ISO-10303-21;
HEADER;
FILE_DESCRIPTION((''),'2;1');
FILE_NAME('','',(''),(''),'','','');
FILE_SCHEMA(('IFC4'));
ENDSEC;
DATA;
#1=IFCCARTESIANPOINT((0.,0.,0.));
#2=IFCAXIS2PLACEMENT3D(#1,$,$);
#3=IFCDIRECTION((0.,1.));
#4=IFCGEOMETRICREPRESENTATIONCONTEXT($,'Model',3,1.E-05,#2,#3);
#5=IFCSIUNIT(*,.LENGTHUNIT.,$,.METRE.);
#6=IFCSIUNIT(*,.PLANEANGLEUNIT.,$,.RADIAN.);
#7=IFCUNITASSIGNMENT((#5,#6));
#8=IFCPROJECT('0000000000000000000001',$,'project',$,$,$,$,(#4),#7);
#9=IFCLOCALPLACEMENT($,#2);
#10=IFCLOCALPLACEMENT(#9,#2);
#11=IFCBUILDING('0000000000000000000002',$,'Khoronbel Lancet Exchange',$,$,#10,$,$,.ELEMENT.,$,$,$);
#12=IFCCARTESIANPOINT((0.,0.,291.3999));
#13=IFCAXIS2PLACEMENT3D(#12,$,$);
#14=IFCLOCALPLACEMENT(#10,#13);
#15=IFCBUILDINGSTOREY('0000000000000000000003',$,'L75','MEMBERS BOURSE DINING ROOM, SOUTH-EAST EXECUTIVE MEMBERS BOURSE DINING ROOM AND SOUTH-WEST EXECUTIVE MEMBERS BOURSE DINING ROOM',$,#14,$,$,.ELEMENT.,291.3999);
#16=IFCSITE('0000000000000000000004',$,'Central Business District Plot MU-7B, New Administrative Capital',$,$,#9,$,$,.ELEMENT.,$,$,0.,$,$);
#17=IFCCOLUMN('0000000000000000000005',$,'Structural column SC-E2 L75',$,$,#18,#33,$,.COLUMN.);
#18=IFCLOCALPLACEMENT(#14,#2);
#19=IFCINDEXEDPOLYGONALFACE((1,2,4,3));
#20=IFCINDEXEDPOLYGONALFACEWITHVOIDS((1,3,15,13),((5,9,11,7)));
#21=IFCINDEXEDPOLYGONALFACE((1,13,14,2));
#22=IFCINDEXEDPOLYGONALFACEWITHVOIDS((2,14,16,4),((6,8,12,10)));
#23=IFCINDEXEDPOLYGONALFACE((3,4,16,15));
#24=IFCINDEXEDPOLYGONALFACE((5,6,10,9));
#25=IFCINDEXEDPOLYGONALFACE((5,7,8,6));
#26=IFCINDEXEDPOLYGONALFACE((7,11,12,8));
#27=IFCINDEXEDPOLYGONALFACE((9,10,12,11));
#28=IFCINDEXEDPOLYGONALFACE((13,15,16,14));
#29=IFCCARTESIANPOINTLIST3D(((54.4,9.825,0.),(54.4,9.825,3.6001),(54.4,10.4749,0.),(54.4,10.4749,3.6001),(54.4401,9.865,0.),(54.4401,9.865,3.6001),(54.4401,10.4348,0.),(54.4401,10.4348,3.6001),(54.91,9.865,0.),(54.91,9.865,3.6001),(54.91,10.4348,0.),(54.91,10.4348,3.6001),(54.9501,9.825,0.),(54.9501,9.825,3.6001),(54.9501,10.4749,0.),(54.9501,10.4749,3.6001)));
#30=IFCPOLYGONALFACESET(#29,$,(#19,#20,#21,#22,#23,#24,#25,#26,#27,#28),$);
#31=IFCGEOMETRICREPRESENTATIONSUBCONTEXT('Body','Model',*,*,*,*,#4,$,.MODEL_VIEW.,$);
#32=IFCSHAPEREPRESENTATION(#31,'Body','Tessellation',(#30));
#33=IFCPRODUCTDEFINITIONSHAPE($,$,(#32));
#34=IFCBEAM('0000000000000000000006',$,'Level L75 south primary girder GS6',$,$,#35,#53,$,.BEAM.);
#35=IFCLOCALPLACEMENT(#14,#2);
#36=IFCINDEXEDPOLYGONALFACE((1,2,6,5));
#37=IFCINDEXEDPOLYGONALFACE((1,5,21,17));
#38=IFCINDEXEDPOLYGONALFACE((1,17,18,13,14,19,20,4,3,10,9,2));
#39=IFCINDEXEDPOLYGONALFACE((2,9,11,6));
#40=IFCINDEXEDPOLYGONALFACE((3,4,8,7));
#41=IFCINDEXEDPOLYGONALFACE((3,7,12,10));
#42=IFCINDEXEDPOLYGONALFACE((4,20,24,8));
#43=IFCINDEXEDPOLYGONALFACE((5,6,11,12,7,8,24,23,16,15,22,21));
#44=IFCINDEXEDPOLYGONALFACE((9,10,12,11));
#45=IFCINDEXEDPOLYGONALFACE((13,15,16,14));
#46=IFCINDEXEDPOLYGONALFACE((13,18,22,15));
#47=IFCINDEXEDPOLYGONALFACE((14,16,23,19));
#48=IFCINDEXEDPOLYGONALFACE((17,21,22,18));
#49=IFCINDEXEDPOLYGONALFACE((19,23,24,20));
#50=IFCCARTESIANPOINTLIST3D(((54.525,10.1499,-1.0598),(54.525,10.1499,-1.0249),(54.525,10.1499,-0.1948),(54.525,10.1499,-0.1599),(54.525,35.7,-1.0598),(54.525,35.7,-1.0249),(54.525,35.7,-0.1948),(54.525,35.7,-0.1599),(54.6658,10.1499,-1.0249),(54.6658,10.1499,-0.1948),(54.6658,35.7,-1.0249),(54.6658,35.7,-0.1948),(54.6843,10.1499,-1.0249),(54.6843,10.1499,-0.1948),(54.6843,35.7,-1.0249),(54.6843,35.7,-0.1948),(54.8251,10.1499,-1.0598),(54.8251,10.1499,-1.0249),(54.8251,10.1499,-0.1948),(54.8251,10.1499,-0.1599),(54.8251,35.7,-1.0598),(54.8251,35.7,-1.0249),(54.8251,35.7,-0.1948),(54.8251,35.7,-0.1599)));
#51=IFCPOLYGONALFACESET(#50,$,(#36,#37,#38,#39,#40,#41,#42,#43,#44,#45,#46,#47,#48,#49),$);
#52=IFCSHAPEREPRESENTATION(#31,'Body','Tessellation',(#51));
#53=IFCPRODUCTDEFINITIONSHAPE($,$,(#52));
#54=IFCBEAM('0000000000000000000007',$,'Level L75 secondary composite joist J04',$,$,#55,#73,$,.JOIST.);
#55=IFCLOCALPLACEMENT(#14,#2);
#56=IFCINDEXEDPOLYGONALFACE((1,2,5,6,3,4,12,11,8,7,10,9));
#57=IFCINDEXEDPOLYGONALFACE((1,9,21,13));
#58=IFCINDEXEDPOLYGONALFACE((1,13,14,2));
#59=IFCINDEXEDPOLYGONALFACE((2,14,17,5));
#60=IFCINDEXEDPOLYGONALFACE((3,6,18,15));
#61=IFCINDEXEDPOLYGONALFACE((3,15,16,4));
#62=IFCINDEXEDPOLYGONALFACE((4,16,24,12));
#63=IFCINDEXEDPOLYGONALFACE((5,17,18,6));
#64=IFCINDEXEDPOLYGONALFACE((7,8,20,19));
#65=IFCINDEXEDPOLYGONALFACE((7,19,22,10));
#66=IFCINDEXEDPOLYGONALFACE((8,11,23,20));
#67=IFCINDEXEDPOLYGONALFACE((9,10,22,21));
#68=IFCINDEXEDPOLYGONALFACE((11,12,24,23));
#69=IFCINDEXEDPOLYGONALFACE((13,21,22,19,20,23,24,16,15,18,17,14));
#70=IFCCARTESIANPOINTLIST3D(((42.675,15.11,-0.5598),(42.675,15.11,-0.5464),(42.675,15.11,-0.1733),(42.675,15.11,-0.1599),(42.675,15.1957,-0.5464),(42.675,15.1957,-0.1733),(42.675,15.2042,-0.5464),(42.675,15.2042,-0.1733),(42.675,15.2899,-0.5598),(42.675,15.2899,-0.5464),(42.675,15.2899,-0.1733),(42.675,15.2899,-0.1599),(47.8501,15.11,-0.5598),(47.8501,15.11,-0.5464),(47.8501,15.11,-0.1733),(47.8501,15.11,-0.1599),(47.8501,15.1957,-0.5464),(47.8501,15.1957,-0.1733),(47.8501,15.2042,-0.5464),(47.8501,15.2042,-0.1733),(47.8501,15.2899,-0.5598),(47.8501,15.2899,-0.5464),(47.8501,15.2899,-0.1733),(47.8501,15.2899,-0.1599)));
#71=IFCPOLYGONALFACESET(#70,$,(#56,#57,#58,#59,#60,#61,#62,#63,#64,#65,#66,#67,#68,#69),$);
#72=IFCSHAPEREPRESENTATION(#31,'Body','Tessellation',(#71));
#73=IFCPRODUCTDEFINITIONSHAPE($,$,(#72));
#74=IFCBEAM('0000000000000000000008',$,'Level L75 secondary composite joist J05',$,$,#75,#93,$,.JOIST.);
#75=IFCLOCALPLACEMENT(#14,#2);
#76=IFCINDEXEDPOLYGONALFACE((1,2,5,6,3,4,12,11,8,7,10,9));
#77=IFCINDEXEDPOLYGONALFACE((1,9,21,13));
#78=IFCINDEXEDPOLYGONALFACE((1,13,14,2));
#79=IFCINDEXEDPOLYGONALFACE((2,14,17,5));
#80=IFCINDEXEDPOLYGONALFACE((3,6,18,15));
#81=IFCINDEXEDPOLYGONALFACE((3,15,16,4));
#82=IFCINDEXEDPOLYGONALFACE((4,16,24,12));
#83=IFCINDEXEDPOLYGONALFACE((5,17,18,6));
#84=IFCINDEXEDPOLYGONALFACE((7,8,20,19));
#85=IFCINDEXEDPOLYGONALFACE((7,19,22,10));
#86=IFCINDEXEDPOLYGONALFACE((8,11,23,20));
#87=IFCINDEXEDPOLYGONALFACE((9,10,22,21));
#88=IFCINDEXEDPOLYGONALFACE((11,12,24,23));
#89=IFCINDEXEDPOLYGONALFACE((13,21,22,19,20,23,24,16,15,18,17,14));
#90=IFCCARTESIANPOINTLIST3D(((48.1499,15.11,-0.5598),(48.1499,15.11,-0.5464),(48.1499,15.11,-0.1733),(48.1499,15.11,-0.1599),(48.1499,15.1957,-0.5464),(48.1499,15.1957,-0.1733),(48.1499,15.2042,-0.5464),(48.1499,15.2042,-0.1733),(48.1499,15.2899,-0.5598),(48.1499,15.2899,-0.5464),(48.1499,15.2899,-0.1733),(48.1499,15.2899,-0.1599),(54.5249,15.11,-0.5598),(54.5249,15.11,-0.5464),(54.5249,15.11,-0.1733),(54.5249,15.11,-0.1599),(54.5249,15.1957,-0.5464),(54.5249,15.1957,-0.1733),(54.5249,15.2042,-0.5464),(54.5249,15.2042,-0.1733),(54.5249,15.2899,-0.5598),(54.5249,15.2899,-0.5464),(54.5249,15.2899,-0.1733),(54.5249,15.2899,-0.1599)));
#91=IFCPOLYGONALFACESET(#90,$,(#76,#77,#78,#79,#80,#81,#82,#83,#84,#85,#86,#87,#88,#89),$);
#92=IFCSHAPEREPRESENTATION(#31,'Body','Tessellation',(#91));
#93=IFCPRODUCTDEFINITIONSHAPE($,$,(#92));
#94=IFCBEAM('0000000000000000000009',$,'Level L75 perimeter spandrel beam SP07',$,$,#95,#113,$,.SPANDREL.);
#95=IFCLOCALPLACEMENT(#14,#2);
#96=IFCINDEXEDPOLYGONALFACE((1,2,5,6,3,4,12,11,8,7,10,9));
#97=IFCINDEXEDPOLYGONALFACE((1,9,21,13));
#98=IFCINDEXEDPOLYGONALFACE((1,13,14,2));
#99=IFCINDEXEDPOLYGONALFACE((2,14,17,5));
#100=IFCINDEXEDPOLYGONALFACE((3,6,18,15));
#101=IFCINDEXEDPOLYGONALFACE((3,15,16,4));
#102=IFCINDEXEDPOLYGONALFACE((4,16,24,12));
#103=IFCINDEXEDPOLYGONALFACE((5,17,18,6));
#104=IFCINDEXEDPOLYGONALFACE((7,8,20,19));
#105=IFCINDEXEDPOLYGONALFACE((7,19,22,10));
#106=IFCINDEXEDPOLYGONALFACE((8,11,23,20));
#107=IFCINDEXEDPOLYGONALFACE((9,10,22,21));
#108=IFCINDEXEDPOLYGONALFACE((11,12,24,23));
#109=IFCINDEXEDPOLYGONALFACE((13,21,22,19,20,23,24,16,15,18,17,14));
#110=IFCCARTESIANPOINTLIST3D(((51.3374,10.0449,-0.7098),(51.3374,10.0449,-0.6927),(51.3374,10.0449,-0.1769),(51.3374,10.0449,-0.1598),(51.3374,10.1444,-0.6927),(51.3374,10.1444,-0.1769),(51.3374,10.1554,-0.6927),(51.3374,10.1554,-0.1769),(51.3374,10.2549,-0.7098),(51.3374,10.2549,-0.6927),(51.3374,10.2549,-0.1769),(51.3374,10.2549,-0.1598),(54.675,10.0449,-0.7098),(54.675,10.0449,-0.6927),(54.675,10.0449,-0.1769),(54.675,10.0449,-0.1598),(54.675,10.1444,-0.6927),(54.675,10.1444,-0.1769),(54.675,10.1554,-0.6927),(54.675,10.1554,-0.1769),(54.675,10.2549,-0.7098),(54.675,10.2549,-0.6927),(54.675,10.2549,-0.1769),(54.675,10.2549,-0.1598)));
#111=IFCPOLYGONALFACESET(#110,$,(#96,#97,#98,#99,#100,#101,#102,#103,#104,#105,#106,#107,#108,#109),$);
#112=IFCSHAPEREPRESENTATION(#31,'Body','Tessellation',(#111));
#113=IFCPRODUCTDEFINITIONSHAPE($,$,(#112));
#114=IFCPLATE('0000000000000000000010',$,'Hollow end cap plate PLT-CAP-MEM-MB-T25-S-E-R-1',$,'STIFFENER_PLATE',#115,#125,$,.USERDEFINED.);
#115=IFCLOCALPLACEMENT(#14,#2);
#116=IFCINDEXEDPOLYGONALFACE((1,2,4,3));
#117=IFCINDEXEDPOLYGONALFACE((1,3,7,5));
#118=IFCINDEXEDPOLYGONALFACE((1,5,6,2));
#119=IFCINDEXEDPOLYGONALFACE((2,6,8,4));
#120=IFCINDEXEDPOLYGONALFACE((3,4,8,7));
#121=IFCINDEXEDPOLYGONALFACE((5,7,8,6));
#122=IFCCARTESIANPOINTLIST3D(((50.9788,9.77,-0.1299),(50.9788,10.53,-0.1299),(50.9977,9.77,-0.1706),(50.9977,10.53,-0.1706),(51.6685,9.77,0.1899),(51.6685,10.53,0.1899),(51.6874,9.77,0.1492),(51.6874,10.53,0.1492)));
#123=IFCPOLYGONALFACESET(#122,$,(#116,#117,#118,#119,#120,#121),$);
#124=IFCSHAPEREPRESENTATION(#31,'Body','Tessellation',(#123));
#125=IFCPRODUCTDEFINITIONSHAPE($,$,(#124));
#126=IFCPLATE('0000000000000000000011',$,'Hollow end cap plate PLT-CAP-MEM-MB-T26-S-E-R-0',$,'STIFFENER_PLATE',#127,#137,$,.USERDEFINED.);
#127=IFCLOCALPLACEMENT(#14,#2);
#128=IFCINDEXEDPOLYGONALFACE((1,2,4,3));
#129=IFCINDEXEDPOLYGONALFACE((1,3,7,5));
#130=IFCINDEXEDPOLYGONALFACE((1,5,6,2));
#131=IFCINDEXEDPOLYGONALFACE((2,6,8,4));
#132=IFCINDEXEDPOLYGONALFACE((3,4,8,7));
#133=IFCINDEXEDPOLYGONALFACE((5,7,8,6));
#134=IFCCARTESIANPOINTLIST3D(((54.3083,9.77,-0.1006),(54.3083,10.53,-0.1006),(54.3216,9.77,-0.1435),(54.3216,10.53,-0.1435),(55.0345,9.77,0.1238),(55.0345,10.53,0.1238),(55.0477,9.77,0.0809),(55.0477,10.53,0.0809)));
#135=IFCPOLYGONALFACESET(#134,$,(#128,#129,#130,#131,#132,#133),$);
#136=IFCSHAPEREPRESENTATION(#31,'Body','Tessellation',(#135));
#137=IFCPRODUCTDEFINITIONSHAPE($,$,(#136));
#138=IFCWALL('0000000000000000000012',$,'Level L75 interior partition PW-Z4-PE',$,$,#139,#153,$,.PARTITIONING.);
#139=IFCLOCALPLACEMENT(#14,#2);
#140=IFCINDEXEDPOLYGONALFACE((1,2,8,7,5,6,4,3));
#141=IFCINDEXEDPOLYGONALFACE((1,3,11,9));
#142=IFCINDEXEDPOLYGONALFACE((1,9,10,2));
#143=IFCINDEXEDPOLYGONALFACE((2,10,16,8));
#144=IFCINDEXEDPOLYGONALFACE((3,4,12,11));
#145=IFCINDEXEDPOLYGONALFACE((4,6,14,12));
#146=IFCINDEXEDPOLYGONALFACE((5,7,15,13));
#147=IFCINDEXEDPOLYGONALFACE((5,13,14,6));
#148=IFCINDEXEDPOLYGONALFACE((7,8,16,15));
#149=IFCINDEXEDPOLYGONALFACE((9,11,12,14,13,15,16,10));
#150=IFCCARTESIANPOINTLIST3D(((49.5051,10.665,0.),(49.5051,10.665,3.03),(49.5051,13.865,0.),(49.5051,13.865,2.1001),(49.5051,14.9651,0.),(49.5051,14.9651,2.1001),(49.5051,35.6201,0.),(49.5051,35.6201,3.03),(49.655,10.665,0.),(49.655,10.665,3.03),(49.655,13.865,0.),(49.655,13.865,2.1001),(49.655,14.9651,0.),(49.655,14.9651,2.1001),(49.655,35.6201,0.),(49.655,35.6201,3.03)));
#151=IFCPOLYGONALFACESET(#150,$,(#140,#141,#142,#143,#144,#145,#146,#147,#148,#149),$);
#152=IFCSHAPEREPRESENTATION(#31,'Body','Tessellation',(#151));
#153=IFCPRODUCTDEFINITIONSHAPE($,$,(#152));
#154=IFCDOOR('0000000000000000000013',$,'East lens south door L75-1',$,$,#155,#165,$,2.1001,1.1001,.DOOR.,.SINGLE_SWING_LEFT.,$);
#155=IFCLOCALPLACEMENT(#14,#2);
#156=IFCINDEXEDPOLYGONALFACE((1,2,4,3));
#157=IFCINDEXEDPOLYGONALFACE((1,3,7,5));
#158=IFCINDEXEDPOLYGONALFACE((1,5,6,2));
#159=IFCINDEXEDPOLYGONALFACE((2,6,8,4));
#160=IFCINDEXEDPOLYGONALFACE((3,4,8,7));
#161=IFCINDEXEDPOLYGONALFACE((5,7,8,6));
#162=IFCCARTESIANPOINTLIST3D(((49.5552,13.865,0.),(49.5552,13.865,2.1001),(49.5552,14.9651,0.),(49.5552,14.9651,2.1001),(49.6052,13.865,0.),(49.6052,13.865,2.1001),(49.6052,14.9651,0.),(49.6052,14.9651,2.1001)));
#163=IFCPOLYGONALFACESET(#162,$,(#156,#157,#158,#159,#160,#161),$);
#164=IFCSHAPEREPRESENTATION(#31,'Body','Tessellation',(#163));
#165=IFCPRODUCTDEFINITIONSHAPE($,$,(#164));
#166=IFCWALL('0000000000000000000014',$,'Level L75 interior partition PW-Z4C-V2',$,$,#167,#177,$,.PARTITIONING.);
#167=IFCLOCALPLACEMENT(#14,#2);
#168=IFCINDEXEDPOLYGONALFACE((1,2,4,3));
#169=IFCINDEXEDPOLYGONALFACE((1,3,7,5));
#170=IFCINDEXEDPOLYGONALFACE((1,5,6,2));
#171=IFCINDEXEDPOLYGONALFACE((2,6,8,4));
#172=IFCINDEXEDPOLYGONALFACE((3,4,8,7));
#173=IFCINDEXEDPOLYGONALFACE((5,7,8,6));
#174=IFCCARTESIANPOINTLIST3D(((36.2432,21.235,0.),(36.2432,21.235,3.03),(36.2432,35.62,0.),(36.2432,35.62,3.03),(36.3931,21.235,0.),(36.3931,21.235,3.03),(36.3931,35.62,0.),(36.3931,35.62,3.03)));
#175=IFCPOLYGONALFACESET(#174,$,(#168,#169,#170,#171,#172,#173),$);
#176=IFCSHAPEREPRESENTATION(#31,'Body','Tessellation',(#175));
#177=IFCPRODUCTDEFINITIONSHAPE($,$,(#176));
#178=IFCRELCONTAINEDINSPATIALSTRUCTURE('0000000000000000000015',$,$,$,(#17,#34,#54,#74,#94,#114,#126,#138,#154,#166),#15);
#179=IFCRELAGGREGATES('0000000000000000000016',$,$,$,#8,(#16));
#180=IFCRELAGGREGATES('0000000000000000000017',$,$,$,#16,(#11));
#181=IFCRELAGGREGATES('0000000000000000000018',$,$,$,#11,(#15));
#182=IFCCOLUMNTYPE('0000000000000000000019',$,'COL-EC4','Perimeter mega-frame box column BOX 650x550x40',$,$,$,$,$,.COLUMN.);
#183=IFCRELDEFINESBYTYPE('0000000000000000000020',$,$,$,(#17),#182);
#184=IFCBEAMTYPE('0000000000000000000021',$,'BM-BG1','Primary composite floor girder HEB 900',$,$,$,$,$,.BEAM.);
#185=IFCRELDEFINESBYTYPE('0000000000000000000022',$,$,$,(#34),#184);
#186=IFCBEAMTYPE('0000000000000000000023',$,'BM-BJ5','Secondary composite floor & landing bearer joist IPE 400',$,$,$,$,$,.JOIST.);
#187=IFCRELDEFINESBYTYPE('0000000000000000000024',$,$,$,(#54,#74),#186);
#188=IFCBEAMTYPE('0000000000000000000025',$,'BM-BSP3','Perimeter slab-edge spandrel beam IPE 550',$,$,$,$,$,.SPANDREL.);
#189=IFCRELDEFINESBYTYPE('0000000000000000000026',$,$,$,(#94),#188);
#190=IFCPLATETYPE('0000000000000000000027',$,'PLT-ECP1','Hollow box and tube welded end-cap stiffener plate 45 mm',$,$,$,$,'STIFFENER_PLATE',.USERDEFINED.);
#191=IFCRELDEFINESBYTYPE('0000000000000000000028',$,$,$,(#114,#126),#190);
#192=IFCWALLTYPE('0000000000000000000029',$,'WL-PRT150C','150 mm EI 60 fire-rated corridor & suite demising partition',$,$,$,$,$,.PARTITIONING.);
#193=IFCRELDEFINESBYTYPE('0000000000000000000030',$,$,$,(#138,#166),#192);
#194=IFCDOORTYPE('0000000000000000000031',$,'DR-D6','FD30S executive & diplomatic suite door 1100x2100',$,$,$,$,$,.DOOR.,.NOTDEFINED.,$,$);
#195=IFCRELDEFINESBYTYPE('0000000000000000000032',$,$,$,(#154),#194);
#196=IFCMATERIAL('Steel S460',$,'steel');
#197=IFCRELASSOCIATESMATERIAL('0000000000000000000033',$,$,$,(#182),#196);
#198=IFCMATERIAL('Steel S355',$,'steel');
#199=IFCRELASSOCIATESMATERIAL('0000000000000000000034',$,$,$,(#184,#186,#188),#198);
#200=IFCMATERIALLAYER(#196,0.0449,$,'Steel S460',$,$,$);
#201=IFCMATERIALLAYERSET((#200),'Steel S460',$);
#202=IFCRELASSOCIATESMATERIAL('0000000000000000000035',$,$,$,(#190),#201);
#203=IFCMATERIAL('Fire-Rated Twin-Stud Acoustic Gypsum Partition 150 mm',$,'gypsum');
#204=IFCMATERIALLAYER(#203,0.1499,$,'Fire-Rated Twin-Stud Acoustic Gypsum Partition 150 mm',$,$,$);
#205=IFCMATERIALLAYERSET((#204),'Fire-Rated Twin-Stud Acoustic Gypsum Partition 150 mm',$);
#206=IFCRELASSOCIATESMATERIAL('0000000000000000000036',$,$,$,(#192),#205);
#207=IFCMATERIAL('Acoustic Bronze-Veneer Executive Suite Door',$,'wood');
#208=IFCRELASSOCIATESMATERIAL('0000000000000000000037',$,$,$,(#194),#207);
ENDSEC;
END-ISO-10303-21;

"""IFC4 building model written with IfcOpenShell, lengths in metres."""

from ifc_helpers import new_model, si_unit, direction, frame, frame_2d, origin, origin_2d, place, context, subcontext, project, spatial, polyline, rectangle, hollow_rectangle, i_section, outline, extrude, material, layer, layer_set, material_profile, profile_set, type_object, element, fill, save


model = new_model("IFC4")

# Units and contexts
model_context = context("Model", 3, precision=1e-05, world=origin(), true_north=direction((0.0, 1.0)))
body_context = subcontext(model_context, "Body", "Model", "MODEL_VIEW")
ifc_project = project(units=[si_unit("LENGTHUNIT", "METRE"), si_unit("PLANEANGLEUNIT", "RADIAN")], contexts=[model_context])

# Site, building, storey
site_placement = place(None, origin())
site = spatial("IfcSite", under=ifc_project, at=site_placement, Name="Central Business District Plot MU-7B, New Administrative Capital", CompositionType="ELEMENT", RefElevation=0.0)
building_placement = place(site_placement, origin())
building = spatial("IfcBuilding", under=site, at=building_placement, Name="Khoronbel Lancet Exchange", CompositionType="ELEMENT")
storey_placement = place(building_placement, frame((0.0, 0.0, 291.3999)))
storey = spatial("IfcBuildingStorey", under=building, at=storey_placement, Name="L75", Description="MEMBERS BOURSE DINING ROOM, SOUTH-EAST EXECUTIVE MEMBERS BOURSE DINING ROOM AND SOUTH-WEST EXECUTIVE MEMBERS BOURSE DINING ROOM", CompositionType="ELEMENT", Elevation=291.3999)

# Column
ifc_material_1 = material(Name="Steel S460", Category="steel")
ifc_material_profile_1 = material_profile(ifc_material_1, hollow_rectangle(XDim=0.55, YDim=0.6499, WallThickness=0.04, at=origin_2d()), Name="BOX 650x550x40")
ifc_profile_set_1 = profile_set([ifc_material_profile_1], Name="Steel S460")
column_type = type_object("IfcColumnType", Name="COL-EC4", Description="Perimeter mega-frame box column BOX 650x550x40", PredefinedType="COLUMN", material=ifc_profile_set_1)
column_placement = place(storey_placement, frame((54.675, 10.1499, 0.0), z_axis=(0.0, 0.0, 1.0), x_axis=(1.0, 0.0, 0.0)))
element("IfcColumn", 1, at=column_placement, inside=storey, type_object=column_type, Name="Structural column SC-E2 L75", PredefinedType="COLUMN", context=body_context, shape_type="SweptSolid", body=[
    extrude(hollow_rectangle(XDim=0.55, YDim=0.6499, WallThickness=0.04, at=origin_2d()), origin(), (0.0, 0.0, 1.0), 3.6001),
])

# Beams
ifc_material_2 = material(Name="Steel S355", Category="steel")
ifc_material_profile_2 = material_profile(ifc_material_2, i_section(OverallWidth=0.3, OverallDepth=0.8999, WebThickness=0.0186, FlangeThickness=0.0349, at=origin_2d()), Name="HEB 900")
ifc_profile_set_2 = profile_set([ifc_material_profile_2], Name="Steel S355")
beam_type_1 = type_object("IfcBeamType", Name="BM-BG1", Description="Primary composite floor girder HEB 900", PredefinedType="BEAM", material=ifc_profile_set_2)
beam_1_placement = place(storey_placement, frame((54.675, 10.1499, -0.6099), z_axis=(0.0, 1.0, 0.0), x_axis=(-1.0, 0.0, 0.0)))
element("IfcBeam", 2, at=beam_1_placement, inside=storey, type_object=beam_type_1, Name="Level L75 south primary girder GS6", PredefinedType="BEAM", context=body_context, shape_type="SweptSolid", body=[
    extrude(i_section(OverallWidth=0.3, OverallDepth=0.8999, WebThickness=0.0186, FlangeThickness=0.0349, at=origin_2d()), origin(), (0.0, 0.0, 1.0), 25.55),
])
ifc_material_profile_3 = material_profile(ifc_material_2, i_section(OverallWidth=0.1799, OverallDepth=0.3999, WebThickness=0.0085, FlangeThickness=0.0134, at=origin_2d()), Name="IPE 400")
ifc_profile_set_3 = profile_set([ifc_material_profile_3], Name="Steel S355")
beam_type_2 = type_object("IfcBeamType", Name="BM-BJ5", Description="Secondary composite floor & landing bearer joist IPE 400", PredefinedType="JOIST", material=ifc_profile_set_3)
beam_2_placement = place(storey_placement, frame((42.675, 15.2, -0.3599), z_axis=(1.0, 0.0, 0.0), x_axis=(0.0, 1.0, 0.0)))
element("IfcBeam", 3, at=beam_2_placement, inside=storey, type_object=beam_type_2, Name="Level L75 secondary composite joist J04", PredefinedType="JOIST", context=body_context, shape_type="SweptSolid", body=[
    extrude(i_section(OverallWidth=0.1799, OverallDepth=0.3999, WebThickness=0.0085, FlangeThickness=0.0134, at=origin_2d()), origin(), (0.0, 0.0, 1.0), 5.175),
])
beam_3_placement = place(storey_placement, frame((48.1499, 15.2, -0.3599), z_axis=(1.0, 0.0, 0.0), x_axis=(0.0, 1.0, 0.0)))
element("IfcBeam", 4, at=beam_3_placement, inside=storey, type_object=beam_type_2, Name="Level L75 secondary composite joist J05", PredefinedType="JOIST", context=body_context, shape_type="SweptSolid", body=[
    extrude(i_section(OverallWidth=0.1799, OverallDepth=0.3999, WebThickness=0.0085, FlangeThickness=0.0134, at=origin_2d()), origin(), (0.0, 0.0, 1.0), 6.375),
])
ifc_material_profile_4 = material_profile(ifc_material_2, i_section(OverallWidth=0.21, OverallDepth=0.55, WebThickness=0.011, FlangeThickness=0.0171, at=origin_2d()), Name="IPE 550")
ifc_profile_set_4 = profile_set([ifc_material_profile_4], Name="Steel S355")
beam_type_3 = type_object("IfcBeamType", Name="BM-BSP3", Description="Perimeter slab-edge spandrel beam IPE 550", PredefinedType="SPANDREL", material=ifc_profile_set_4)
beam_4_placement = place(storey_placement, frame((51.3374, 10.1499, -0.4348), z_axis=(1.0, 0.0, 0.0), x_axis=(0.0, 1.0, 0.0)))
element("IfcBeam", 5, at=beam_4_placement, inside=storey, type_object=beam_type_3, Name="Level L75 perimeter spandrel beam SP07", PredefinedType="SPANDREL", context=body_context, shape_type="SweptSolid", body=[
    extrude(i_section(OverallWidth=0.21, OverallDepth=0.55, WebThickness=0.011, FlangeThickness=0.0171, at=origin_2d()), origin(), (0.0, 0.0, 1.0), 3.3376),
])

# Plates
ifc_layer_1 = layer(ifc_material_1, 0.0449, Name="Steel S460")
ifc_layer_set_1 = layer_set([ifc_layer_1], Name="Steel S460")
plate_type = type_object("IfcPlateType", Name="PLT-ECP1", Description="Hollow box and tube welded end-cap stiffener plate 45 mm", ElementType="STIFFENER_PLATE", PredefinedType="USERDEFINED", material=ifc_layer_set_1)
plate_1_placement = place(storey_placement, frame((50.9788, 10.53, -0.1299), z_axis=(-0.420687, 0.0, 0.907206), x_axis=(0.0, -1.0, 0.0)))
element("IfcPlate", 6, at=plate_1_placement, inside=storey, type_object=plate_type, Name="Hollow end cap plate PLT-CAP-MEM-MB-T25-S-E-R-1", ObjectType="STIFFENER_PLATE", PredefinedType="USERDEFINED", context=body_context, shape_type="SweptSolid", body=[
    extrude(outline(polyline([(0.0, 0.0), (0.76, 0.0), (0.76, 0.7603), (0.0, 0.7603), (0.0, 0.0)])), origin(), (0.0, 0.0, -1.0), 0.0449),
])
plate_2_placement = place(storey_placement, frame((54.3083, 10.53, -0.1006), z_axis=(-0.295237, 0.0, 0.955424), x_axis=(0.0, -1.0, 0.0)))
element("IfcPlate", 7, at=plate_2_placement, inside=storey, type_object=plate_type, Name="Hollow end cap plate PLT-CAP-MEM-MB-T26-S-E-R-0", ObjectType="STIFFENER_PLATE", PredefinedType="USERDEFINED", context=body_context, shape_type="SweptSolid", body=[
    extrude(outline(polyline([(0.0, 0.0), (0.76, 0.0), (0.76, 0.76), (0.0, 0.76), (0.0, 0.0)])), origin(), (0.0, 0.0, -1.0), 0.0449),
])

# Wall, opening, door
ifc_material_3 = material(Name="Fire-Rated Twin-Stud Acoustic Gypsum Partition 150 mm", Category="gypsum")
ifc_layer_2 = layer(ifc_material_3, 0.1499, Name="Fire-Rated Twin-Stud Acoustic Gypsum Partition 150 mm")
ifc_layer_set_2 = layer_set([ifc_layer_2], Name="Fire-Rated Twin-Stud Acoustic Gypsum Partition 150 mm")
wall_type_1 = type_object("IfcWallType", Name="WL-PRT150C", Description="150 mm EI 60 fire-rated corridor & suite demising partition", PredefinedType="PARTITIONING", material=ifc_layer_set_2)
wall_1_placement = place(storey_placement, frame((49.5801, 10.665, 0.0), z_axis=(0.0, 0.0, 1.0), x_axis=(0.0, 1.0, 0.0)))
wall_1 = element("IfcWall", 8, at=wall_1_placement, inside=storey, type_object=wall_type_1, Name="Level L75 interior partition PW-Z4-PE", PredefinedType="PARTITIONING", context=body_context, shape_type="SweptSolid", body=[
    extrude(rectangle(XDim=24.9551, YDim=0.1499, at=frame_2d((12.4775, 0.0))), origin(), (0.0, 0.0, 1.0), 3.03),
])
opening_1_placement = place(wall_1_placement, frame((3.2, 0.0, 0.0)))
opening_1 = element("IfcOpeningElement", 9, at=opening_1_placement, cuts=wall_1, PredefinedType="OPENING", context=body_context, shape_type="SweptSolid", body=[
    extrude(rectangle(XDim=1.1001, YDim=2.1001, at=frame_2d((0.55, 1.05))), frame((0.0, 0.085, 0.0), z_axis=(0.0, -1.0, 0.0), x_axis=(1.0, 0.0, 0.0)), (0.0, 0.0, 1.0), 0.1699),
])
ifc_material_4 = material(Name="Acoustic Bronze-Veneer Executive Suite Door", Category="wood")
door_type_1 = type_object("IfcDoorType", Name="DR-D6", Description="FD30S executive & diplomatic suite door 1100x2100", OperationType="NOTDEFINED", PredefinedType="DOOR", material=ifc_material_4)
door_1_placement = place(opening_1_placement, origin())
door_1 = element("IfcDoor", 10, at=door_1_placement, inside=storey, type_object=door_type_1, Name="East lens south door L75-1", OperationType="SINGLE_SWING_LEFT", OverallHeight=2.1001, OverallWidth=1.1001, PredefinedType="DOOR", context=body_context, shape_type="SweptSolid", body=[
    extrude(rectangle(XDim=1.1001, YDim=2.1001, at=frame_2d((0.55, 1.05))), frame((0.0, 0.0249, 0.0), z_axis=(0.0, -1.0, 0.0), x_axis=(1.0, 0.0, 0.0)), (0.0, 0.0, 1.0), 0.05),
])
fill(opening_1, door_1)

# Wall
wall_2_placement = place(storey_placement, frame((36.3181, 21.2351, 0.0), z_axis=(0.0, 0.0, 1.0), x_axis=(0.0, 1.0, 0.0)))
element("IfcWall", 11, at=wall_2_placement, inside=storey, type_object=wall_type_1, Name="Level L75 interior partition PW-Z4C-V2", PredefinedType="PARTITIONING", context=body_context, shape_type="SweptSolid", body=[
    extrude(rectangle(XDim=14.385, YDim=0.1499, at=frame_2d((7.1924, 0.0))), origin(), (0.0, 0.0, 1.0), 3.03),
])

save(model, "model.ifc")
